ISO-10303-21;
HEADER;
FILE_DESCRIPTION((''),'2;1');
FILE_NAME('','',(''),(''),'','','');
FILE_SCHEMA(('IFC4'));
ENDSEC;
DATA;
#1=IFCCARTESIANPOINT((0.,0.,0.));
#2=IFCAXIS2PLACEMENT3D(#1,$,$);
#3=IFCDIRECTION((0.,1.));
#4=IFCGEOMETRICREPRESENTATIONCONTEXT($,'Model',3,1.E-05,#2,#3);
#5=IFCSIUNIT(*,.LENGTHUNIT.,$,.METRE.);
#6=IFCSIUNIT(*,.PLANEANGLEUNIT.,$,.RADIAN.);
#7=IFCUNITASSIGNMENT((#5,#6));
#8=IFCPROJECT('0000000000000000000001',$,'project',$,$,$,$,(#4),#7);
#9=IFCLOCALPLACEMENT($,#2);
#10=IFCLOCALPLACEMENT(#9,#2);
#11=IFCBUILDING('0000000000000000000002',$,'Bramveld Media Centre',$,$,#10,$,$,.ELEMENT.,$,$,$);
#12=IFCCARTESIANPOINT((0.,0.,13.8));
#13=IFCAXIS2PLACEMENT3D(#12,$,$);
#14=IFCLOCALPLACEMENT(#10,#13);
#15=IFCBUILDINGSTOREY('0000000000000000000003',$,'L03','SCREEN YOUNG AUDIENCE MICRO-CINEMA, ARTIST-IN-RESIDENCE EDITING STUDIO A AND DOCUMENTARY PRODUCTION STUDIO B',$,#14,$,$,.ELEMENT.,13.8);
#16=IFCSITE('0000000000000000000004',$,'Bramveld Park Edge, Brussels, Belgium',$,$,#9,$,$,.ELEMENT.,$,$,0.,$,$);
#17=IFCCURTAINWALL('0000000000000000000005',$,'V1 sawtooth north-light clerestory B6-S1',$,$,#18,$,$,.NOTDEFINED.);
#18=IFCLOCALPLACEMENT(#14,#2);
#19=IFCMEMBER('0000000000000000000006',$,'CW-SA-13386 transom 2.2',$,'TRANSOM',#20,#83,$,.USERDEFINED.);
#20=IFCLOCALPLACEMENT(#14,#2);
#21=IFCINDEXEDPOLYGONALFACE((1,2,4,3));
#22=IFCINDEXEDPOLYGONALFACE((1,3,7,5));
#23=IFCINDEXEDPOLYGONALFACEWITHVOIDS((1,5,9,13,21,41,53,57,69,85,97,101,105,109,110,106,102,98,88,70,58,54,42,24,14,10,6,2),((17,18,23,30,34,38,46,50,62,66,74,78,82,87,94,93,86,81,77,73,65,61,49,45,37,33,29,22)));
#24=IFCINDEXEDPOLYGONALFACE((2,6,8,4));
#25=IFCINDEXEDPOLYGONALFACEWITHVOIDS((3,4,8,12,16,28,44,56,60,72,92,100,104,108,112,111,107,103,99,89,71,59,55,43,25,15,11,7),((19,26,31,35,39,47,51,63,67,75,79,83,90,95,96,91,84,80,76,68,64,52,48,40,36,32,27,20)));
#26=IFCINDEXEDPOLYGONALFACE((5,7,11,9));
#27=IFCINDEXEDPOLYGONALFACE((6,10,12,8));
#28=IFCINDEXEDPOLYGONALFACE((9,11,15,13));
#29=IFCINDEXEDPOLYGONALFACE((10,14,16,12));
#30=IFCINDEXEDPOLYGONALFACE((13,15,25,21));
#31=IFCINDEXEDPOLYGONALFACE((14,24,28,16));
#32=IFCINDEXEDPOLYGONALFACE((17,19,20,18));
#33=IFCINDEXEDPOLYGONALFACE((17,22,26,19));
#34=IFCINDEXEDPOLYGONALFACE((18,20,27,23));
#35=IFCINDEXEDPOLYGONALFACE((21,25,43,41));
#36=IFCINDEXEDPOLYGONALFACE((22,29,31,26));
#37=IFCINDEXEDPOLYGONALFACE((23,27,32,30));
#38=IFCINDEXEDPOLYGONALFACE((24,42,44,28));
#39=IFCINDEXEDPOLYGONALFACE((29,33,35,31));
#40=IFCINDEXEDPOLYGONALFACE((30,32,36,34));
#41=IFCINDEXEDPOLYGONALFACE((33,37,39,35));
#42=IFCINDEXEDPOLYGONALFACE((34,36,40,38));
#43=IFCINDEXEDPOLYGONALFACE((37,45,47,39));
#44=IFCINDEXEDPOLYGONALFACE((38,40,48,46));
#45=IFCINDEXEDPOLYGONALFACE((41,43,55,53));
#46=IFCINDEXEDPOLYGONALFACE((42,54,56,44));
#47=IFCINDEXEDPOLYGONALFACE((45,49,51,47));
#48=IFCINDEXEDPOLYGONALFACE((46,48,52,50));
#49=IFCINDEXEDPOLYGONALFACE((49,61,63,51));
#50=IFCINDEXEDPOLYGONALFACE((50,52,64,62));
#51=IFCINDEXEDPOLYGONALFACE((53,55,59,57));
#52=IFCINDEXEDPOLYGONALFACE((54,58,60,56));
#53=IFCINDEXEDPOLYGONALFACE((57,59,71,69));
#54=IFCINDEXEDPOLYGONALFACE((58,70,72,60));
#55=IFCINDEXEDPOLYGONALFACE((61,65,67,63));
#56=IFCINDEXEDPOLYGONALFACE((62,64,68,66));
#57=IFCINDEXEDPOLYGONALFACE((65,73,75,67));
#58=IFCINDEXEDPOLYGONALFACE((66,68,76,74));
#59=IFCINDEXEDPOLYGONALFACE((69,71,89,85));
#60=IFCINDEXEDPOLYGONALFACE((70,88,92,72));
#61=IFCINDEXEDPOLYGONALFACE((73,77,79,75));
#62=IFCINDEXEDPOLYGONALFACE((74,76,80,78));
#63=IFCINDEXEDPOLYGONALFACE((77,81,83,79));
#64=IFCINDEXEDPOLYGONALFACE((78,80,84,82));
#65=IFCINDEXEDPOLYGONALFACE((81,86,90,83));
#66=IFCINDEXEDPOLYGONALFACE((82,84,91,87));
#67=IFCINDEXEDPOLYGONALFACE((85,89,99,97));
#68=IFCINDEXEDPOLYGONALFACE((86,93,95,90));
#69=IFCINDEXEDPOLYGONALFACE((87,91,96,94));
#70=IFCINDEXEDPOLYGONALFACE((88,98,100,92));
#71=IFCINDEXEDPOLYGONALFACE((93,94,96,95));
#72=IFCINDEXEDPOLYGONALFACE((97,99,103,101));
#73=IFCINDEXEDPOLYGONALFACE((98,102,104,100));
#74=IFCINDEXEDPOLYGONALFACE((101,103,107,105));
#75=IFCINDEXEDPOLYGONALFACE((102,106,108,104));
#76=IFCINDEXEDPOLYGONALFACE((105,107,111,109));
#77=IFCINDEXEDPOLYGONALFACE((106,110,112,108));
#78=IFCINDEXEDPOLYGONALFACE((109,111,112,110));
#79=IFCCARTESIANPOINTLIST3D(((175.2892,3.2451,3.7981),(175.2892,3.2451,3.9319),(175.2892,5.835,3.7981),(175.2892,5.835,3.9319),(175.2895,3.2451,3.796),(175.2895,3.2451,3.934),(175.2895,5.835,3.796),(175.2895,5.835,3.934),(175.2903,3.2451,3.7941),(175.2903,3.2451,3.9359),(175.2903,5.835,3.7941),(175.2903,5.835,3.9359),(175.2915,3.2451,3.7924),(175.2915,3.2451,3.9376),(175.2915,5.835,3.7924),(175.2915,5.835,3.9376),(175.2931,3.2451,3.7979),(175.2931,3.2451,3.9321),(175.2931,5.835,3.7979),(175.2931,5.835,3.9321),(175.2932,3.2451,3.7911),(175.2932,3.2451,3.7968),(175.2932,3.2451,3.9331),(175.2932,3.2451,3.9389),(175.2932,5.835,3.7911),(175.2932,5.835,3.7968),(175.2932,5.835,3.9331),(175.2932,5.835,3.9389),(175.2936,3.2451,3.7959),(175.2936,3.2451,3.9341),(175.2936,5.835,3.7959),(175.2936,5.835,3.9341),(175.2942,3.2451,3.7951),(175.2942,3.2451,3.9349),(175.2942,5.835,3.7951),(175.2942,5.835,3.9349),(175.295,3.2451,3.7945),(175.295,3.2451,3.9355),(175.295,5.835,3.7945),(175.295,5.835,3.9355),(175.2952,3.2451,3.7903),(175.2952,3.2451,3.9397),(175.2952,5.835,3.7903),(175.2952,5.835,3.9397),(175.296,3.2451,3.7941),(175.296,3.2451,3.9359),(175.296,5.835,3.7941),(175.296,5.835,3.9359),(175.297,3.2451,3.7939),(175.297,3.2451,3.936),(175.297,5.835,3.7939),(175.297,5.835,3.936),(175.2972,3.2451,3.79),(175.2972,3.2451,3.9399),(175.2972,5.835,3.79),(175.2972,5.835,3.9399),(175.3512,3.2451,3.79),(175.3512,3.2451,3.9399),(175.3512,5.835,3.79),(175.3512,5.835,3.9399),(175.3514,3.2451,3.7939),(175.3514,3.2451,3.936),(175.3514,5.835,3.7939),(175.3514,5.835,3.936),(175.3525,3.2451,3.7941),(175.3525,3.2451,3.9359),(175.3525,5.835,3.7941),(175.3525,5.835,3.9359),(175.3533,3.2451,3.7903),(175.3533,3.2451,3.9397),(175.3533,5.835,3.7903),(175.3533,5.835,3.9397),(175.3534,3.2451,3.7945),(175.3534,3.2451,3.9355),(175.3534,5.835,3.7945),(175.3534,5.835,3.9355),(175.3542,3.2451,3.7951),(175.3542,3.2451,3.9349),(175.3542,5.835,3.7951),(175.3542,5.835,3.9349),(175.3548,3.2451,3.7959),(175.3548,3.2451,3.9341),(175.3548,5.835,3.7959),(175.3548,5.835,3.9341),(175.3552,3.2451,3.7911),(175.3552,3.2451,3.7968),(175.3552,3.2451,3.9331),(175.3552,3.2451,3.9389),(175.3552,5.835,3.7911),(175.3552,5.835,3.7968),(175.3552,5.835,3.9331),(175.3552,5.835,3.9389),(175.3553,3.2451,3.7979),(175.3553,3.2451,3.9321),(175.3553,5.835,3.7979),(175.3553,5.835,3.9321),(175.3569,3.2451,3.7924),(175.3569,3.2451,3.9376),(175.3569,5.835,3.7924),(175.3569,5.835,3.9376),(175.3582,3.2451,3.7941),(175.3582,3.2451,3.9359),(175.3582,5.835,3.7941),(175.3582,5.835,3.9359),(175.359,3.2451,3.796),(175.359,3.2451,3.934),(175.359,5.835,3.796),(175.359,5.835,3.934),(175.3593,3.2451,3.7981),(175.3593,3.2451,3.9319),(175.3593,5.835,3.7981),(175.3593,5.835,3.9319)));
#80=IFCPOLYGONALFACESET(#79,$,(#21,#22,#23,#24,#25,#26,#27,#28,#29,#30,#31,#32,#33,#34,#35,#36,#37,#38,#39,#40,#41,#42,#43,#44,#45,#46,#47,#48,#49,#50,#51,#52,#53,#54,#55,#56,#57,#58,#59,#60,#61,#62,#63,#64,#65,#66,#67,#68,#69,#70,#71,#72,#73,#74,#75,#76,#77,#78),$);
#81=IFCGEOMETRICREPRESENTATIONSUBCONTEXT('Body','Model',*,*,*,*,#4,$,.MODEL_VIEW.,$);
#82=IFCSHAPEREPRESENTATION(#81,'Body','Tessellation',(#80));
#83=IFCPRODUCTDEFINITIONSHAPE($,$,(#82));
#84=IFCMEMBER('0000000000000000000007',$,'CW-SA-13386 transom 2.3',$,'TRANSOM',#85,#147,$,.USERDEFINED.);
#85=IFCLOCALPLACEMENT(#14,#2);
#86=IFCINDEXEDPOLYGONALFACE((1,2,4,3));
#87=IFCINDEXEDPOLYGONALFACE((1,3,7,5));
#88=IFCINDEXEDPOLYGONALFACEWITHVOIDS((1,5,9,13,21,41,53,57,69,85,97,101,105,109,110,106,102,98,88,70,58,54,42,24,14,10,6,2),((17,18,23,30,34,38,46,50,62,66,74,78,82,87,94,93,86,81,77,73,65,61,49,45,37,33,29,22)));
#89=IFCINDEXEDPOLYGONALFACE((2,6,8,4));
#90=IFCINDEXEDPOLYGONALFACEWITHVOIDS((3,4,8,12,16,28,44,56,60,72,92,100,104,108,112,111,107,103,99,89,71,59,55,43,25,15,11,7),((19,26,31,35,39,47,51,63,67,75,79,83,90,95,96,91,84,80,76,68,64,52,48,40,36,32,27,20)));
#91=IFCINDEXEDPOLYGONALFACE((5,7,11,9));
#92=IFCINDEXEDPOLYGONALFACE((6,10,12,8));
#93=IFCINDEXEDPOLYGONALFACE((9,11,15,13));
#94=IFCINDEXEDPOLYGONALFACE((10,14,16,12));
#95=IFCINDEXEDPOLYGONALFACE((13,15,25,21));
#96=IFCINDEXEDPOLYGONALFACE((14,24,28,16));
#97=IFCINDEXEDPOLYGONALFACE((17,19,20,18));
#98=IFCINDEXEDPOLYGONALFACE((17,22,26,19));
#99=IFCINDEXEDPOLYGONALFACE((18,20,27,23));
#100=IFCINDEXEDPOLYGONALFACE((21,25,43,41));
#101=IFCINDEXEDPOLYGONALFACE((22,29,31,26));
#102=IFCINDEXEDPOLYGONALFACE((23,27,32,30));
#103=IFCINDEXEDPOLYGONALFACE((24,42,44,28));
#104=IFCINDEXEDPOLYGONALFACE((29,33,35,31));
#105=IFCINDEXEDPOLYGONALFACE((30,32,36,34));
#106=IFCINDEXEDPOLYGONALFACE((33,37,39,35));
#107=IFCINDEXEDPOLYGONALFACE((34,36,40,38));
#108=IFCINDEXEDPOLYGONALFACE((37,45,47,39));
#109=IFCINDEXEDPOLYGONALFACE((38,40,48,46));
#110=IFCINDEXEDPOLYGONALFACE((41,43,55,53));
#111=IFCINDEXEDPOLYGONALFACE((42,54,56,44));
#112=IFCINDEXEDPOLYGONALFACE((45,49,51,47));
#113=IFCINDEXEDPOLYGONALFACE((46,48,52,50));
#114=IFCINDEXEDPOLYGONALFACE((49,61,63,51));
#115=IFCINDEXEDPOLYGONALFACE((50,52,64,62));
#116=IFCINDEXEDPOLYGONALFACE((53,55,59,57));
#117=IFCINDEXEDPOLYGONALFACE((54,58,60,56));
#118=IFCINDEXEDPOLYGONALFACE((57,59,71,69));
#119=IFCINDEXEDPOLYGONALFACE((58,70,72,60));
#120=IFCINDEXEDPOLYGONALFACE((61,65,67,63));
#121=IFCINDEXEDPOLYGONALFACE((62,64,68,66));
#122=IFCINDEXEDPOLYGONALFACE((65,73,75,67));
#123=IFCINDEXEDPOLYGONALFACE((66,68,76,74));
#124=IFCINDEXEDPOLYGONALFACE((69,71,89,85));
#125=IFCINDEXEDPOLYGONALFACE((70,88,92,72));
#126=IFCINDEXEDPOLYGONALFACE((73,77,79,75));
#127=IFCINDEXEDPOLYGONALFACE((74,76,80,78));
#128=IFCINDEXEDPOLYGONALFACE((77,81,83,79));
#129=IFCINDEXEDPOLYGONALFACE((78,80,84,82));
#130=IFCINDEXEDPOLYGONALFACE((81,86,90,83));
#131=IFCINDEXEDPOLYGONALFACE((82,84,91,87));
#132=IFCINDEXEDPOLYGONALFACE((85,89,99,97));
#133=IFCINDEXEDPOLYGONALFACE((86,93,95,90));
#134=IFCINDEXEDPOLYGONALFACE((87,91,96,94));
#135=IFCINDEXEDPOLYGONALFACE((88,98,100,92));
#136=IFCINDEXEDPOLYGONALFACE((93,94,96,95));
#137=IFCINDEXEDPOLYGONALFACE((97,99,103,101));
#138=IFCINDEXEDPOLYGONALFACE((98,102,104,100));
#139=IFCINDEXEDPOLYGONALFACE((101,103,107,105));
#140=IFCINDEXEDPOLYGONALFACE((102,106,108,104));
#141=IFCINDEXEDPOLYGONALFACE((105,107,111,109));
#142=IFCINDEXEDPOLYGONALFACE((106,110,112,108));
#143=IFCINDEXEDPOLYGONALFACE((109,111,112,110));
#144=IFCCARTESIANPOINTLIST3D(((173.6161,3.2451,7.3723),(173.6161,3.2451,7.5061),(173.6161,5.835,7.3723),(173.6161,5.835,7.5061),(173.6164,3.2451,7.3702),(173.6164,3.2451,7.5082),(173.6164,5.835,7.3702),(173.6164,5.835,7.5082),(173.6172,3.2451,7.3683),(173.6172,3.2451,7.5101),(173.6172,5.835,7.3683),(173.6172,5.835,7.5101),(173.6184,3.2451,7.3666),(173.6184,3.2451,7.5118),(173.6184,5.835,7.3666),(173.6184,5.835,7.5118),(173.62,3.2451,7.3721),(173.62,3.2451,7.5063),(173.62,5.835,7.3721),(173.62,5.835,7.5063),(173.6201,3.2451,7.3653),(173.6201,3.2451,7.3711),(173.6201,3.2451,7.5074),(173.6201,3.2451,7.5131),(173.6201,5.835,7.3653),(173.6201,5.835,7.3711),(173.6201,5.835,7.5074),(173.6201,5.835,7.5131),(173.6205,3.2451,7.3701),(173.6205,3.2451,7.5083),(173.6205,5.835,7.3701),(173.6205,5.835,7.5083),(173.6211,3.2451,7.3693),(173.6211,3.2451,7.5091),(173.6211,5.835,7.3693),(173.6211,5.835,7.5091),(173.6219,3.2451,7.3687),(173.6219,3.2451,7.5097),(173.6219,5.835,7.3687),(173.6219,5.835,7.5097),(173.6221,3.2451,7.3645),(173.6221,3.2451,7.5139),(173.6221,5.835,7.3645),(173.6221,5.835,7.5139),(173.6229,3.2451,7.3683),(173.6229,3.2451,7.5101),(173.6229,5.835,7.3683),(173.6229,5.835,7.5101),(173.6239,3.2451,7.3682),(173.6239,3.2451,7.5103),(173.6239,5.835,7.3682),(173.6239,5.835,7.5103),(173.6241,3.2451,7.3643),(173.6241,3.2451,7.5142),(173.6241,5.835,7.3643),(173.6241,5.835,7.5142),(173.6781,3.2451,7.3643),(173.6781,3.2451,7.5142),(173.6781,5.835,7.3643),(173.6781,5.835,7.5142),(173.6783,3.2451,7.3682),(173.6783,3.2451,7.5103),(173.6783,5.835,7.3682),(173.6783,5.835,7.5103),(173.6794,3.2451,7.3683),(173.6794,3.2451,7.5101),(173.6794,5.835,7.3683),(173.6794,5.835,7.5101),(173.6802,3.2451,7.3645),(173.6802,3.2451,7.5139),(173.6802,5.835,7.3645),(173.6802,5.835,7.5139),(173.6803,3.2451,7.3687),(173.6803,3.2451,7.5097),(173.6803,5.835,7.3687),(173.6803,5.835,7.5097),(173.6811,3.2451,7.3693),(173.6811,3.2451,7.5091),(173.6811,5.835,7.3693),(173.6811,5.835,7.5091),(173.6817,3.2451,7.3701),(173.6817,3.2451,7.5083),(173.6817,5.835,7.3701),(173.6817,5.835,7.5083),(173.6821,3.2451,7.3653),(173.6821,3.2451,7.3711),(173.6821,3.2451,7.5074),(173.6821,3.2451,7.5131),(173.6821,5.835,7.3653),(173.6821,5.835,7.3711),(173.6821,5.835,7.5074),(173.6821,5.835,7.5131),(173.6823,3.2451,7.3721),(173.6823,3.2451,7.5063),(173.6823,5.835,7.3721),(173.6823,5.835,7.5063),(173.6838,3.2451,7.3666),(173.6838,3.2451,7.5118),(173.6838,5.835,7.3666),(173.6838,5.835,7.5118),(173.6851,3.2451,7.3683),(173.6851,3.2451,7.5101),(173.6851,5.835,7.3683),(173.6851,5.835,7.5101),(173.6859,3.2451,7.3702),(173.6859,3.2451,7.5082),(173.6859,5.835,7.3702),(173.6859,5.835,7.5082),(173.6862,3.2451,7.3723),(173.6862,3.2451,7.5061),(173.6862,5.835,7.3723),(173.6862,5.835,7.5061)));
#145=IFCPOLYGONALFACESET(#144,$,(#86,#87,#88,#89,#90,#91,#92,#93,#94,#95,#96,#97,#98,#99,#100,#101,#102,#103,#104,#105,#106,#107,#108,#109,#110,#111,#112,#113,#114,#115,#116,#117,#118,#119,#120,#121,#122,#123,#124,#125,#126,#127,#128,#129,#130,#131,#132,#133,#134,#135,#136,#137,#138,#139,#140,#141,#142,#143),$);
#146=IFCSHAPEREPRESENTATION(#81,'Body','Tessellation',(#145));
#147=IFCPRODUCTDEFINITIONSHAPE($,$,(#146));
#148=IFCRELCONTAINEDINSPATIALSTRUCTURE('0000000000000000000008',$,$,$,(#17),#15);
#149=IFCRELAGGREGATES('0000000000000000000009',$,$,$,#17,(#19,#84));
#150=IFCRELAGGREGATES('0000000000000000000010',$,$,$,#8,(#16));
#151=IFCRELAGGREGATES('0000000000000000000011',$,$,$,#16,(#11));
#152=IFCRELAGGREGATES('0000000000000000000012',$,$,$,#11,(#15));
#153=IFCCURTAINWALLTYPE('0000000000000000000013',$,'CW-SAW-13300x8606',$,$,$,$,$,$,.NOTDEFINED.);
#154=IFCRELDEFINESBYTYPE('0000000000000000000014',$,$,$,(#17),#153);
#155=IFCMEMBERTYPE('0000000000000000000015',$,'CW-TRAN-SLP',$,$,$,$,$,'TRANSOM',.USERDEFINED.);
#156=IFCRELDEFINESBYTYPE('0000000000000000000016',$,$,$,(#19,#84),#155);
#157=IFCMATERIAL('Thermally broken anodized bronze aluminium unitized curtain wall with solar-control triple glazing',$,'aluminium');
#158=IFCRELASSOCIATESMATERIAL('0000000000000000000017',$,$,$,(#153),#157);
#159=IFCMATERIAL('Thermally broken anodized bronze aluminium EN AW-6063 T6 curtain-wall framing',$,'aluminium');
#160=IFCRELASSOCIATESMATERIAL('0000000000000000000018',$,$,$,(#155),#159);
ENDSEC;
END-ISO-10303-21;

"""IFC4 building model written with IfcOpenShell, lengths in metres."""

from ifc_helpers import new_model, si_unit, direction, frame, origin, origin_2d, place, context, subcontext, project, spatial, hollow_rectangle, extrude, material, material_profile, profile_set, type_object, element, aggregate, save


model = new_model("IFC4")

# Units and contexts
model_context = context("Model", 3, precision=1e-05, world=origin(), true_north=direction((0.0, 1.0)))
body_context = subcontext(model_context, "Body", "Model", "MODEL_VIEW")
ifc_project = project(units=[si_unit("LENGTHUNIT", "METRE"), si_unit("PLANEANGLEUNIT", "RADIAN")], contexts=[model_context])

# Site, building, storey
site_placement = place(None, origin())
site = spatial("IfcSite", under=ifc_project, at=site_placement, Name="Bramveld Park Edge, Brussels, Belgium", CompositionType="ELEMENT", RefElevation=0.0)
building_placement = place(site_placement, origin())
building = spatial("IfcBuilding", under=site, at=building_placement, Name="Bramveld Media Centre", CompositionType="ELEMENT")
storey_placement = place(building_placement, frame((0.0, 0.0, 13.8)))
storey = spatial("IfcBuildingStorey", under=building, at=storey_placement, Name="L03", Description="SCREEN YOUNG AUDIENCE MICRO-CINEMA, ARTIST-IN-RESIDENCE EDITING STUDIO A AND DOCUMENTARY PRODUCTION STUDIO B", CompositionType="ELEMENT", Elevation=13.8)

# Curtain wall, members
ifc_material_1 = material(Name="Thermally broken anodized bronze aluminium unitized curtain wall with solar-control triple glazing", Category="aluminium")
curtain_wall_type = type_object("IfcCurtainWallType", Name="CW-SAW-13300x8606", PredefinedType="NOTDEFINED", material=ifc_material_1)
curtain_wall_placement = place(storey_placement, origin())
curtain_wall = element("IfcCurtainWall", 1, at=curtain_wall_placement, inside=storey, type_object=curtain_wall_type, Name="V1 sawtooth north-light clerestory B6-S1", PredefinedType="NOTDEFINED")
ifc_material_2 = material(Name="Thermally broken anodized bronze aluminium EN AW-6063 T6 curtain-wall framing", Category="aluminium")
ifc_material_profile_1 = material_profile(ifc_material_2, hollow_rectangle(XDim=0.0701, YDim=0.1499, WallThickness=0.0039, InnerFilletRadius=0.0039, OuterFilletRadius=0.0081, at=origin_2d()), Name="AL-TRAN 70x150")
ifc_profile_set_1 = profile_set([ifc_material_profile_1], Name="Thermally broken anodized bronze aluminium EN AW-6063 T6 curtain-wall framing")
member_type_1 = type_object("IfcMemberType", Name="CW-TRAN-SLP", ElementType="TRANSOM", PredefinedType="USERDEFINED", material=ifc_profile_set_1)
member_1_placement = place(storey_placement, frame((175.3242, 3.2451, 3.865), z_axis=(0.0, 1.0, 0.0), x_axis=(-1.0, 0.0, 0.0)))
member_1 = element("IfcMember", 2, at=member_1_placement, type_object=member_type_1, Name="CW-SA-13386 transom 2.2", ObjectType="TRANSOM", PredefinedType="USERDEFINED", context=body_context, shape_type="SweptSolid", body=[
    extrude(hollow_rectangle(XDim=0.0701, YDim=0.1499, WallThickness=0.0039, InnerFilletRadius=0.0039, OuterFilletRadius=0.0081, at=origin_2d()), origin(), (0.0, 0.0, 1.0), 2.5898),
])
member_2_placement = place(storey_placement, frame((173.6511, 3.2451, 7.4392), z_axis=(0.0, 1.0, 0.0), x_axis=(-1.0, 0.0, 0.0)))
member_2 = element("IfcMember", 3, at=member_2_placement, type_object=member_type_1, Name="CW-SA-13386 transom 2.3", ObjectType="TRANSOM", PredefinedType="USERDEFINED", context=body_context, shape_type="SweptSolid", body=[
    extrude(hollow_rectangle(XDim=0.0701, YDim=0.1499, WallThickness=0.0039, InnerFilletRadius=0.0039, OuterFilletRadius=0.0081, at=origin_2d()), origin(), (0.0, 0.0, 1.0), 2.5898),
])

aggregate(curtain_wall, [member_1, member_2])

save(model, "model.ifc")
